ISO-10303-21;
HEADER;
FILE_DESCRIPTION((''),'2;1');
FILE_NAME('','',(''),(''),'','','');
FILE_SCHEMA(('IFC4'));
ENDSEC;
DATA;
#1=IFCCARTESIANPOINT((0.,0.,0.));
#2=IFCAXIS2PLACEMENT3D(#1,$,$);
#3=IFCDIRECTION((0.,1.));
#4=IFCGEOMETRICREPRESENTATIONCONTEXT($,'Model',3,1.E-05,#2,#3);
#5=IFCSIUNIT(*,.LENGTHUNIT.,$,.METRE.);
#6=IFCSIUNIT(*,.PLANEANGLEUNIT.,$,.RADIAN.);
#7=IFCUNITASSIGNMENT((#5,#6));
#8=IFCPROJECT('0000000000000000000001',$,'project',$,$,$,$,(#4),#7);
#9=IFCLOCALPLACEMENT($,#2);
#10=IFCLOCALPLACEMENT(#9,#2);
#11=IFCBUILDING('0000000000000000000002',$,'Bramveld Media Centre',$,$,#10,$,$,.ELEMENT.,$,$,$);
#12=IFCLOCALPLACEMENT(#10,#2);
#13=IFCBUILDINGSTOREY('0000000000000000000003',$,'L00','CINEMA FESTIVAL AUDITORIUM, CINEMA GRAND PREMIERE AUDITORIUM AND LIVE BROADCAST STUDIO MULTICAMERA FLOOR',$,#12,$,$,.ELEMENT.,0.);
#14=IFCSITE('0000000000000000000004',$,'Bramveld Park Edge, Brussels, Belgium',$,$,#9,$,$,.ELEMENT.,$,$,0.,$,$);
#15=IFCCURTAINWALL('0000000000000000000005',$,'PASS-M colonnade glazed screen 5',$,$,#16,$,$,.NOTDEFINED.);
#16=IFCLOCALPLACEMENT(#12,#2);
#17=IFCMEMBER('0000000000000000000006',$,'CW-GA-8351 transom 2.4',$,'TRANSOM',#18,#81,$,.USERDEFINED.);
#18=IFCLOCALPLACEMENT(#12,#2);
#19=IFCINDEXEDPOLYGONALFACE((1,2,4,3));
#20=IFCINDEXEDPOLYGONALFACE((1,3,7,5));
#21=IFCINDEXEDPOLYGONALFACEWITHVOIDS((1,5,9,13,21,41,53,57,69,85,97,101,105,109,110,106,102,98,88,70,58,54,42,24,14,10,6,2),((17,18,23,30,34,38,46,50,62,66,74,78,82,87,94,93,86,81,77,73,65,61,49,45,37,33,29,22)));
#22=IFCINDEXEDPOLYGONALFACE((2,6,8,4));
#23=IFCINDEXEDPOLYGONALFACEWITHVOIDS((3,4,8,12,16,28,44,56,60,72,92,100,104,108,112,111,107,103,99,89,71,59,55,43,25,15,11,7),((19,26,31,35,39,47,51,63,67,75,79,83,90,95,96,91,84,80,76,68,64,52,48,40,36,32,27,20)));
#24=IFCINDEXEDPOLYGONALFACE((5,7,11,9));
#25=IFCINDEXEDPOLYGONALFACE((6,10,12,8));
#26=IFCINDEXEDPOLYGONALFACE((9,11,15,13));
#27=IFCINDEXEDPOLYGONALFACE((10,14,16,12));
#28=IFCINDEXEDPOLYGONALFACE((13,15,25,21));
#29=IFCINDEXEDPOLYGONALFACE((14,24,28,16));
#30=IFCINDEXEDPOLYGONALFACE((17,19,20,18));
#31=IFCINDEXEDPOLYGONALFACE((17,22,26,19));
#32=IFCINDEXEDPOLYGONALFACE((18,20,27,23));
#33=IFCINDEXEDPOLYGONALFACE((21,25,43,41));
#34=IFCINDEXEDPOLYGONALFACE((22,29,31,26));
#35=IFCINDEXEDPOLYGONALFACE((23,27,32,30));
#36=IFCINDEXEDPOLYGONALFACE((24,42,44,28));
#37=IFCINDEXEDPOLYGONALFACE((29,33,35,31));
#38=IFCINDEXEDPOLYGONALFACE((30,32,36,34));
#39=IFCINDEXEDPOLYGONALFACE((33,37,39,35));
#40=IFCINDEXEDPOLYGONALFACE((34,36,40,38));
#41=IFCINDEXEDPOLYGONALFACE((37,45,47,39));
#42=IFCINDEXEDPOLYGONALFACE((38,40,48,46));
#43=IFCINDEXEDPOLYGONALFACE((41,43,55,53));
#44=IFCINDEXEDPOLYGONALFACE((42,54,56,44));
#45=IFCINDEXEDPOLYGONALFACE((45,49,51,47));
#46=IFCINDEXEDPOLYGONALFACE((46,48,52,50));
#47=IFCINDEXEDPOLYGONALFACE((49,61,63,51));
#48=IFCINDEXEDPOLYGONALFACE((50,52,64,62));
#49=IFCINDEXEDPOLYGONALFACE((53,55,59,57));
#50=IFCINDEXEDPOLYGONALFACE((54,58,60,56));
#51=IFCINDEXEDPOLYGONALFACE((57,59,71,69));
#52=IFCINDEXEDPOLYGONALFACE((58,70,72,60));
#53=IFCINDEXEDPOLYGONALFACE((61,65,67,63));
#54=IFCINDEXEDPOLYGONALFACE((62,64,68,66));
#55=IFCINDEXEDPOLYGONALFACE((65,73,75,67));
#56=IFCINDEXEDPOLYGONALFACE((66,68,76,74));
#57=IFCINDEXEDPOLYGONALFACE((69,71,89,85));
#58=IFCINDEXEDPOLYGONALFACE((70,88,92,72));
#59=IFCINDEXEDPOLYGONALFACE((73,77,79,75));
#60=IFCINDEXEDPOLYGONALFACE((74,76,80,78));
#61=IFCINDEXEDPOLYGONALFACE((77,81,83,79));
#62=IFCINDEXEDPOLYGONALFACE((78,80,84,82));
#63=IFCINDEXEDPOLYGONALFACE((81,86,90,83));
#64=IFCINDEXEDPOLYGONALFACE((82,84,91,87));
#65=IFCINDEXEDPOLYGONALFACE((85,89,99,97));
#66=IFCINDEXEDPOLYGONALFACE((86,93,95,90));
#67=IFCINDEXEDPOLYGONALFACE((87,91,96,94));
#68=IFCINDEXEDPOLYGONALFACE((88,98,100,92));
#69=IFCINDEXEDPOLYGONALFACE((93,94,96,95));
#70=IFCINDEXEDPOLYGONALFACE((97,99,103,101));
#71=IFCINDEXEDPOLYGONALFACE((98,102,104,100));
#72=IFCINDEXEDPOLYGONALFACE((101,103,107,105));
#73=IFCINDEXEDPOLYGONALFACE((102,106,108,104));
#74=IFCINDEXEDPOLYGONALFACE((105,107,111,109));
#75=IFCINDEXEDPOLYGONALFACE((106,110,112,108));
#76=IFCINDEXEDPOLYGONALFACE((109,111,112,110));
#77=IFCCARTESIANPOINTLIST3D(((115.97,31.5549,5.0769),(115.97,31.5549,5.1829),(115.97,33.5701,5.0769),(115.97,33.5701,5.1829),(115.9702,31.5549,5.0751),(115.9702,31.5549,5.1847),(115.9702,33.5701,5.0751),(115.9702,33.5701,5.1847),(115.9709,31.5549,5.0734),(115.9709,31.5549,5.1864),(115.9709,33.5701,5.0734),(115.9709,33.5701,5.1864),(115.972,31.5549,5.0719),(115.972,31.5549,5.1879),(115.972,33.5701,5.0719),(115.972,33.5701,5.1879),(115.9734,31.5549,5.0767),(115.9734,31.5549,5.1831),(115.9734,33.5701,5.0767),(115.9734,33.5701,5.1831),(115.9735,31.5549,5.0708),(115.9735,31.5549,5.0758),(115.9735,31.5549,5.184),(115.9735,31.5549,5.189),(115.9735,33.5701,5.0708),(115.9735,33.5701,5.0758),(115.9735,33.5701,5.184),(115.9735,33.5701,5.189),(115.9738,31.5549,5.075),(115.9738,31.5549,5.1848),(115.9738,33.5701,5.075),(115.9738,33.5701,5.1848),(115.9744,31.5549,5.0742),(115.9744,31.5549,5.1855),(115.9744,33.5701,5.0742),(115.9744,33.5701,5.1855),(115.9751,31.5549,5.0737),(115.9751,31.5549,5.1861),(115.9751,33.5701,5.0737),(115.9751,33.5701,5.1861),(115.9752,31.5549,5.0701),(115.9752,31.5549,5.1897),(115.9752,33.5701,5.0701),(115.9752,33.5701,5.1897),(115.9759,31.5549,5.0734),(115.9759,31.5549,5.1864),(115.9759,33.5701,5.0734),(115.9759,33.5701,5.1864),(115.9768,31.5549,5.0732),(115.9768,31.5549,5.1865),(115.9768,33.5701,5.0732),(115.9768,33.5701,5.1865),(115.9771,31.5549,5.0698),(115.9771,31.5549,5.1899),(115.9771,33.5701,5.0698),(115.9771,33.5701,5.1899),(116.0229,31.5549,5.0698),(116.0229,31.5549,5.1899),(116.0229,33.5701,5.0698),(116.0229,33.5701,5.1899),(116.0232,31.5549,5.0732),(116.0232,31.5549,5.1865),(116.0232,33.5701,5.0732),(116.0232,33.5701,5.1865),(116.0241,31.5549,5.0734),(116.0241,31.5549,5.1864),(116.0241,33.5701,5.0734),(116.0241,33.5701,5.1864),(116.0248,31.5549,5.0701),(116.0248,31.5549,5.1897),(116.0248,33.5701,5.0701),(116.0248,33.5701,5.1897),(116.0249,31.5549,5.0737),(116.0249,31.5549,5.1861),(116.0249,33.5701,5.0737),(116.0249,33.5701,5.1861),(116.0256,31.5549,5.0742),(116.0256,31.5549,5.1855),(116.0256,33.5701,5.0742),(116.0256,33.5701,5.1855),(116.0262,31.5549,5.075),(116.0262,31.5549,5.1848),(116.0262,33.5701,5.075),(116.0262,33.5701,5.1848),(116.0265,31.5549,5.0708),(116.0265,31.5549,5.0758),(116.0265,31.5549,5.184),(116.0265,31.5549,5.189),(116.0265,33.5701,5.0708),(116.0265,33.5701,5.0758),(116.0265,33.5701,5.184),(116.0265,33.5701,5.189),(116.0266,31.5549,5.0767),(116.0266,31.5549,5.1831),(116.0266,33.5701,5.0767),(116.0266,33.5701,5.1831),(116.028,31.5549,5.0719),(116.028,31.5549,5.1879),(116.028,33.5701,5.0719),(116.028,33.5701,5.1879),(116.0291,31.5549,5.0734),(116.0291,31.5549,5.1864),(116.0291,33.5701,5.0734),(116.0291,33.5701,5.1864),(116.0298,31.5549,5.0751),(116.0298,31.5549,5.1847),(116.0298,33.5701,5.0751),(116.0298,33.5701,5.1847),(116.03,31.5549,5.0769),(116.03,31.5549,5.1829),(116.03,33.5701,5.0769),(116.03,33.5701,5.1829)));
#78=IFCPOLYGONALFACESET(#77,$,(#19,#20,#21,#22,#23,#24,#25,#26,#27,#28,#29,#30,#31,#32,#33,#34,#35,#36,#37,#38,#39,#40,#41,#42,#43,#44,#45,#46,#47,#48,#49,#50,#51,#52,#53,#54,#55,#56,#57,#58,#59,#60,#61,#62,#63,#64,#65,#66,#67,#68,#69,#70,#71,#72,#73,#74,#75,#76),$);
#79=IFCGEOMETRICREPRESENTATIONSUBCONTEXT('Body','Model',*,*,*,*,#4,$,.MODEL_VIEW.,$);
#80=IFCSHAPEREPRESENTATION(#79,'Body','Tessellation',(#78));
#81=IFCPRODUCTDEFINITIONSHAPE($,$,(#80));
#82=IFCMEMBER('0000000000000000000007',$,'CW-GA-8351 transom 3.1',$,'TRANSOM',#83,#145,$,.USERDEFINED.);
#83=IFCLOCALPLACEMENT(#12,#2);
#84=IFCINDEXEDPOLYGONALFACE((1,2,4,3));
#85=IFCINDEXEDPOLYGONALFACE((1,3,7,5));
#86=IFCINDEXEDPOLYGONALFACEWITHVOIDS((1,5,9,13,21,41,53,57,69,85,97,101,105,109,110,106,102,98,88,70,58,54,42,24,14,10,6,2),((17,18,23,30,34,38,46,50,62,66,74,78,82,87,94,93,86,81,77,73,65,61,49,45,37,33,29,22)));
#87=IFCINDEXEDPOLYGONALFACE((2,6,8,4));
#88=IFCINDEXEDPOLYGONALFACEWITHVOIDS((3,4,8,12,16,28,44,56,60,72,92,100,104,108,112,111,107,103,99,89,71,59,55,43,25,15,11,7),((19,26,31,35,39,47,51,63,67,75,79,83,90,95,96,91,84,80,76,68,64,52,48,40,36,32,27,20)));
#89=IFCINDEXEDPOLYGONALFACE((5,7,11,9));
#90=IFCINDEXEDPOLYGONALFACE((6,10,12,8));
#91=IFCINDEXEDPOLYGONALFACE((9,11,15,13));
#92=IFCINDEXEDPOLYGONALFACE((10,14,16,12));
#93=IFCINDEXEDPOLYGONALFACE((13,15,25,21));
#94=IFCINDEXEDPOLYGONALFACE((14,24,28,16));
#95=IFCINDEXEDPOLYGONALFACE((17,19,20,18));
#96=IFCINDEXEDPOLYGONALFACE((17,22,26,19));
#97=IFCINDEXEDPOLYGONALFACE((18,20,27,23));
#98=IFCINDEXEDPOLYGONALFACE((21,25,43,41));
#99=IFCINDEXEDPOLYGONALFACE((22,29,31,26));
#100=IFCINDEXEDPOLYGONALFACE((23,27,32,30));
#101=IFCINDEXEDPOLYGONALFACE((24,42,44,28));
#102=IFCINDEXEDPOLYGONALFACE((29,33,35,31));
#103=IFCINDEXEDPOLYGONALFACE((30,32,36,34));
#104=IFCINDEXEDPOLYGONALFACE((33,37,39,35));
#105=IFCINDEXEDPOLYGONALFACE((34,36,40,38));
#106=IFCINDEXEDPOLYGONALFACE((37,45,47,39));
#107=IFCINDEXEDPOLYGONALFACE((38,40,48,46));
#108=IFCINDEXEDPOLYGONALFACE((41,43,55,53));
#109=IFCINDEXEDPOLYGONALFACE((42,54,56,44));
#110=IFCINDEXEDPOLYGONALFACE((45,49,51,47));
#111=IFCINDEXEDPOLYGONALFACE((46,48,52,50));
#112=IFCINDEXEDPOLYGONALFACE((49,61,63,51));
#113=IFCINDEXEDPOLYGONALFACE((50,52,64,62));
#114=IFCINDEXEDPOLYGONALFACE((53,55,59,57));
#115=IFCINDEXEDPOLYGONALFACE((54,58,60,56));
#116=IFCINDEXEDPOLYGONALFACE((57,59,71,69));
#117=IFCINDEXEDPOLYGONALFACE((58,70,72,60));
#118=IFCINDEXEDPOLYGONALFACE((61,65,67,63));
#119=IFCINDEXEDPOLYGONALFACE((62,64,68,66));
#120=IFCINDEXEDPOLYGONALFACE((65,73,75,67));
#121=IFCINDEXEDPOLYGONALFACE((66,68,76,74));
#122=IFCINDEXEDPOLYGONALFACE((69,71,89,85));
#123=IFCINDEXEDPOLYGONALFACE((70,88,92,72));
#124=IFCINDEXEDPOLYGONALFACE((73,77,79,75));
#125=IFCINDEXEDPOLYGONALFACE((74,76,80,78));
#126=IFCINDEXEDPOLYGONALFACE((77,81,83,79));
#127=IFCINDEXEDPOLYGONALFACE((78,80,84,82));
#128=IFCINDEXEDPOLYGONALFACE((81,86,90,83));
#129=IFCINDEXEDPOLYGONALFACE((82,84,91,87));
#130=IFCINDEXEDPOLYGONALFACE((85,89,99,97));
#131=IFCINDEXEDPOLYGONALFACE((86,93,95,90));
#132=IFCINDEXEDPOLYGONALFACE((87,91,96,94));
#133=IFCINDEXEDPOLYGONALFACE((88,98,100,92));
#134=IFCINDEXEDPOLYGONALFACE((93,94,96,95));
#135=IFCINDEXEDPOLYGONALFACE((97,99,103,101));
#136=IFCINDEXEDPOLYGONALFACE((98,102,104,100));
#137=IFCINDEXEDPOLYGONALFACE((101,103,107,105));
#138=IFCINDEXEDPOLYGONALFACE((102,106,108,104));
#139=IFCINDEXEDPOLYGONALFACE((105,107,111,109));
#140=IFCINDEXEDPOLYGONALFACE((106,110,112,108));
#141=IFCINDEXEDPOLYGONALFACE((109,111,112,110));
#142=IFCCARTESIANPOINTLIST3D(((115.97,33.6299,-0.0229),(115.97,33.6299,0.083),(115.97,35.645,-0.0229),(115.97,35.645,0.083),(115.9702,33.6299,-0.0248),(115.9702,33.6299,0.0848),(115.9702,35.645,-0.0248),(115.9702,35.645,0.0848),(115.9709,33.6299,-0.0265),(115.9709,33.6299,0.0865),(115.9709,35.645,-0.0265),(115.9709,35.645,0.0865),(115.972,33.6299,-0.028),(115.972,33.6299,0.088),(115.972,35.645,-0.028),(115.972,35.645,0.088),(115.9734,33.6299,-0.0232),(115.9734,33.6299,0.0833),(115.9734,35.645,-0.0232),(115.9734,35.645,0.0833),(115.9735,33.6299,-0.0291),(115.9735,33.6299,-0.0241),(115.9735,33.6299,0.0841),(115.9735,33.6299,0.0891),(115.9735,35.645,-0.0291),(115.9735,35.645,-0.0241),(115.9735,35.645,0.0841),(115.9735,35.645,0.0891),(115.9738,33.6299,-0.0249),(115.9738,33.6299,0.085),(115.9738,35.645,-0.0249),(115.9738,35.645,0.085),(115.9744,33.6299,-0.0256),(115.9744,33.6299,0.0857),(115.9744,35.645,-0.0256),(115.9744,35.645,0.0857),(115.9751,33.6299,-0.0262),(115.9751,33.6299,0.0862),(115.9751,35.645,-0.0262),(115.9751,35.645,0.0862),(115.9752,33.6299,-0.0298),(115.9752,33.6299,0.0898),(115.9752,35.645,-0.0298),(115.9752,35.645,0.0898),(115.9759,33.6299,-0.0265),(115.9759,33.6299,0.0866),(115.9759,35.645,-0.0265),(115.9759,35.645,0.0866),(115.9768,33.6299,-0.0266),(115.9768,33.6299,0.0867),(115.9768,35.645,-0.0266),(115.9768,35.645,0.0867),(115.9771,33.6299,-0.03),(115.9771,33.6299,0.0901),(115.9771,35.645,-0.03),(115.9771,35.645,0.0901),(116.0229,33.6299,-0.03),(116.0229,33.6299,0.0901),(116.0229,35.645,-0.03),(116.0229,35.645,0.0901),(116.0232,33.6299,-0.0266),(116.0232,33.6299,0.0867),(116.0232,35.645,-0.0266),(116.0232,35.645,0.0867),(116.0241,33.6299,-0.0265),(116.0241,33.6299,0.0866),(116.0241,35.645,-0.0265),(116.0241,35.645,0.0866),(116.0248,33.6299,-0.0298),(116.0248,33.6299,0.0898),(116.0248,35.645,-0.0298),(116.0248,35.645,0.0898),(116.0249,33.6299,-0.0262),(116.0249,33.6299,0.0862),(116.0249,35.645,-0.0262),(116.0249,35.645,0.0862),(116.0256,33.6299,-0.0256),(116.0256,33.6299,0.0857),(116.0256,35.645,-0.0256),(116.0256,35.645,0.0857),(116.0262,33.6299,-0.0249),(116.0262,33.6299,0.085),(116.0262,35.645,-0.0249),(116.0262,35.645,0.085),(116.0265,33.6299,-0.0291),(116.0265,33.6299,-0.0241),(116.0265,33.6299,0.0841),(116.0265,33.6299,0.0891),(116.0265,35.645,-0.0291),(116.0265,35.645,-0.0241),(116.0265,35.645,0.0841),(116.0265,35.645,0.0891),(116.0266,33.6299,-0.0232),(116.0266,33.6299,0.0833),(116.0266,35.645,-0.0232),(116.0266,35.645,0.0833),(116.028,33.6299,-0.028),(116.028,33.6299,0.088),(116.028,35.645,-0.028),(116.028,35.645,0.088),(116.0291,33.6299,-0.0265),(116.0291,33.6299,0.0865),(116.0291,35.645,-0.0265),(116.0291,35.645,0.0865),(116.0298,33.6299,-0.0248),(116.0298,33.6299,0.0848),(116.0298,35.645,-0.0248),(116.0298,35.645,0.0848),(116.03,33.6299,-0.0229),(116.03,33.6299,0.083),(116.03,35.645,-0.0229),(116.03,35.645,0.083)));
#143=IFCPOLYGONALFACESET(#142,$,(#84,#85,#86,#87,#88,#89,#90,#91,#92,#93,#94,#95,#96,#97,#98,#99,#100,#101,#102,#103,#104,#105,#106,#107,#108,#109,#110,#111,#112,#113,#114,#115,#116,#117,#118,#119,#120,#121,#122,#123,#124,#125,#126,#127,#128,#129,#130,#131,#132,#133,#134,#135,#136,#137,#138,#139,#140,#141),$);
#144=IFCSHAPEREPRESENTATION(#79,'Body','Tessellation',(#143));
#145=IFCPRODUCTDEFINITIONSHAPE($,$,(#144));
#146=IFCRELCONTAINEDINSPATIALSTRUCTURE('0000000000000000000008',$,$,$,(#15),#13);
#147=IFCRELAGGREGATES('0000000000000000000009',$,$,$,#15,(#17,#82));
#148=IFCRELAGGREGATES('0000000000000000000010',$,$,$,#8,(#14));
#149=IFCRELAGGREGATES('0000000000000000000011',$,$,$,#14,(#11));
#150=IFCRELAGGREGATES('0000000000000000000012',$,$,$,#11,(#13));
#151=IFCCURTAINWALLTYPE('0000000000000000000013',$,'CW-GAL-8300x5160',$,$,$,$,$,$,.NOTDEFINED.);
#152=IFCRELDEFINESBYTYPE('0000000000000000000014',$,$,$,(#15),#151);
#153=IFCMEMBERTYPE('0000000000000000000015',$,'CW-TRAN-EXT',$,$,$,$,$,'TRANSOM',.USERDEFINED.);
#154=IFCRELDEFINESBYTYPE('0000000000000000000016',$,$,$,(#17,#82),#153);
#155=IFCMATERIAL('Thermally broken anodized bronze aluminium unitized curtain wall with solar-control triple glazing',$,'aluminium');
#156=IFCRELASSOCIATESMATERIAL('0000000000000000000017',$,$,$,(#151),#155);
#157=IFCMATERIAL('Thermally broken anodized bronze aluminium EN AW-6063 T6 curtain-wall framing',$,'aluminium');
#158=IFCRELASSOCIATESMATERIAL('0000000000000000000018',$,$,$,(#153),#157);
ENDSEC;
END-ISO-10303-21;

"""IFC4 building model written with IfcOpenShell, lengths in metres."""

from ifc_helpers import new_model, si_unit, direction, frame, origin, origin_2d, place, context, subcontext, project, spatial, hollow_rectangle, extrude, material, material_profile, profile_set, type_object, element, aggregate, save


model = new_model("IFC4")

# Units and contexts
model_context = context("Model", 3, precision=1e-05, world=origin(), true_north=direction((0.0, 1.0)))
body_context = subcontext(model_context, "Body", "Model", "MODEL_VIEW")
ifc_project = project(units=[si_unit("LENGTHUNIT", "METRE"), si_unit("PLANEANGLEUNIT", "RADIAN")], contexts=[model_context])

# Site, building, storey
site_placement = place(None, origin())
site = spatial("IfcSite", under=ifc_project, at=site_placement, Name="Bramveld Park Edge, Brussels, Belgium", CompositionType="ELEMENT", RefElevation=0.0)
building_placement = place(site_placement, origin())
building = spatial("IfcBuilding", under=site, at=building_placement, Name="Bramveld Media Centre", CompositionType="ELEMENT")
storey_placement = place(building_placement, origin())
storey = spatial("IfcBuildingStorey", under=building, at=storey_placement, Name="L00", Description="CINEMA FESTIVAL AUDITORIUM, CINEMA GRAND PREMIERE AUDITORIUM AND LIVE BROADCAST STUDIO MULTICAMERA FLOOR", CompositionType="ELEMENT", Elevation=0.0)

# Curtain wall, members
ifc_material_1 = material(Name="Thermally broken anodized bronze aluminium unitized curtain wall with solar-control triple glazing", Category="aluminium")
curtain_wall_type_1 = type_object("IfcCurtainWallType", Name="CW-GAL-8300x5160", PredefinedType="NOTDEFINED", material=ifc_material_1)
curtain_wall_1_placement = place(storey_placement, origin())
curtain_wall_1 = element("IfcCurtainWall", 1, at=curtain_wall_1_placement, inside=storey, type_object=curtain_wall_type_1, Name="PASS-M colonnade glazed screen 5", PredefinedType="NOTDEFINED")
ifc_material_2 = material(Name="Thermally broken anodized bronze aluminium EN AW-6063 T6 curtain-wall framing", Category="aluminium")
ifc_material_profile_1 = material_profile(ifc_material_2, hollow_rectangle(XDim=0.0601, YDim=0.1201, WallThickness=0.0034, InnerFilletRadius=0.0034, OuterFilletRadius=0.0071, at=origin_2d()), Name="AL-TRAN 60x120")
ifc_profile_set_1 = profile_set([ifc_material_profile_1], Name="Thermally broken anodized bronze aluminium EN AW-6063 T6 curtain-wall framing")
member_type_1 = type_object("IfcMemberType", Name="CW-TRAN-EXT", ElementType="TRANSOM", PredefinedType="USERDEFINED", material=ifc_profile_set_1)
member_1_placement = place(storey_placement, frame((116.0, 31.5549, 5.1299), z_axis=(0.0, 1.0, 0.0), x_axis=(-1.0, 0.0, 0.0)))
member_1 = element("IfcMember", 2, at=member_1_placement, type_object=member_type_1, Name="CW-GA-8351 transom 2.4", ObjectType="TRANSOM", PredefinedType="USERDEFINED", context=body_context, shape_type="SweptSolid", body=[
    extrude(hollow_rectangle(XDim=0.0601, YDim=0.1201, WallThickness=0.0034, InnerFilletRadius=0.0034, OuterFilletRadius=0.0071, at=origin_2d()), origin(), (0.0, 0.0, 1.0), 2.0151),
])
member_2_placement = place(storey_placement, frame((116.0, 33.6299, 0.03), z_axis=(0.0, 1.0, 0.0), x_axis=(-1.0, 0.0, 0.0)))
member_2 = element("IfcMember", 3, at=member_2_placement, type_object=member_type_1, Name="CW-GA-8351 transom 3.1", ObjectType="TRANSOM", PredefinedType="USERDEFINED", context=body_context, shape_type="SweptSolid", body=[
    extrude(hollow_rectangle(XDim=0.0601, YDim=0.1201, WallThickness=0.0034, InnerFilletRadius=0.0034, OuterFilletRadius=0.0071, at=origin_2d()), origin(), (0.0, 0.0, 1.0), 2.0151),
])
aggregate(curtain_wall_1, [member_1, member_2])

save(model, "model.ifc")
